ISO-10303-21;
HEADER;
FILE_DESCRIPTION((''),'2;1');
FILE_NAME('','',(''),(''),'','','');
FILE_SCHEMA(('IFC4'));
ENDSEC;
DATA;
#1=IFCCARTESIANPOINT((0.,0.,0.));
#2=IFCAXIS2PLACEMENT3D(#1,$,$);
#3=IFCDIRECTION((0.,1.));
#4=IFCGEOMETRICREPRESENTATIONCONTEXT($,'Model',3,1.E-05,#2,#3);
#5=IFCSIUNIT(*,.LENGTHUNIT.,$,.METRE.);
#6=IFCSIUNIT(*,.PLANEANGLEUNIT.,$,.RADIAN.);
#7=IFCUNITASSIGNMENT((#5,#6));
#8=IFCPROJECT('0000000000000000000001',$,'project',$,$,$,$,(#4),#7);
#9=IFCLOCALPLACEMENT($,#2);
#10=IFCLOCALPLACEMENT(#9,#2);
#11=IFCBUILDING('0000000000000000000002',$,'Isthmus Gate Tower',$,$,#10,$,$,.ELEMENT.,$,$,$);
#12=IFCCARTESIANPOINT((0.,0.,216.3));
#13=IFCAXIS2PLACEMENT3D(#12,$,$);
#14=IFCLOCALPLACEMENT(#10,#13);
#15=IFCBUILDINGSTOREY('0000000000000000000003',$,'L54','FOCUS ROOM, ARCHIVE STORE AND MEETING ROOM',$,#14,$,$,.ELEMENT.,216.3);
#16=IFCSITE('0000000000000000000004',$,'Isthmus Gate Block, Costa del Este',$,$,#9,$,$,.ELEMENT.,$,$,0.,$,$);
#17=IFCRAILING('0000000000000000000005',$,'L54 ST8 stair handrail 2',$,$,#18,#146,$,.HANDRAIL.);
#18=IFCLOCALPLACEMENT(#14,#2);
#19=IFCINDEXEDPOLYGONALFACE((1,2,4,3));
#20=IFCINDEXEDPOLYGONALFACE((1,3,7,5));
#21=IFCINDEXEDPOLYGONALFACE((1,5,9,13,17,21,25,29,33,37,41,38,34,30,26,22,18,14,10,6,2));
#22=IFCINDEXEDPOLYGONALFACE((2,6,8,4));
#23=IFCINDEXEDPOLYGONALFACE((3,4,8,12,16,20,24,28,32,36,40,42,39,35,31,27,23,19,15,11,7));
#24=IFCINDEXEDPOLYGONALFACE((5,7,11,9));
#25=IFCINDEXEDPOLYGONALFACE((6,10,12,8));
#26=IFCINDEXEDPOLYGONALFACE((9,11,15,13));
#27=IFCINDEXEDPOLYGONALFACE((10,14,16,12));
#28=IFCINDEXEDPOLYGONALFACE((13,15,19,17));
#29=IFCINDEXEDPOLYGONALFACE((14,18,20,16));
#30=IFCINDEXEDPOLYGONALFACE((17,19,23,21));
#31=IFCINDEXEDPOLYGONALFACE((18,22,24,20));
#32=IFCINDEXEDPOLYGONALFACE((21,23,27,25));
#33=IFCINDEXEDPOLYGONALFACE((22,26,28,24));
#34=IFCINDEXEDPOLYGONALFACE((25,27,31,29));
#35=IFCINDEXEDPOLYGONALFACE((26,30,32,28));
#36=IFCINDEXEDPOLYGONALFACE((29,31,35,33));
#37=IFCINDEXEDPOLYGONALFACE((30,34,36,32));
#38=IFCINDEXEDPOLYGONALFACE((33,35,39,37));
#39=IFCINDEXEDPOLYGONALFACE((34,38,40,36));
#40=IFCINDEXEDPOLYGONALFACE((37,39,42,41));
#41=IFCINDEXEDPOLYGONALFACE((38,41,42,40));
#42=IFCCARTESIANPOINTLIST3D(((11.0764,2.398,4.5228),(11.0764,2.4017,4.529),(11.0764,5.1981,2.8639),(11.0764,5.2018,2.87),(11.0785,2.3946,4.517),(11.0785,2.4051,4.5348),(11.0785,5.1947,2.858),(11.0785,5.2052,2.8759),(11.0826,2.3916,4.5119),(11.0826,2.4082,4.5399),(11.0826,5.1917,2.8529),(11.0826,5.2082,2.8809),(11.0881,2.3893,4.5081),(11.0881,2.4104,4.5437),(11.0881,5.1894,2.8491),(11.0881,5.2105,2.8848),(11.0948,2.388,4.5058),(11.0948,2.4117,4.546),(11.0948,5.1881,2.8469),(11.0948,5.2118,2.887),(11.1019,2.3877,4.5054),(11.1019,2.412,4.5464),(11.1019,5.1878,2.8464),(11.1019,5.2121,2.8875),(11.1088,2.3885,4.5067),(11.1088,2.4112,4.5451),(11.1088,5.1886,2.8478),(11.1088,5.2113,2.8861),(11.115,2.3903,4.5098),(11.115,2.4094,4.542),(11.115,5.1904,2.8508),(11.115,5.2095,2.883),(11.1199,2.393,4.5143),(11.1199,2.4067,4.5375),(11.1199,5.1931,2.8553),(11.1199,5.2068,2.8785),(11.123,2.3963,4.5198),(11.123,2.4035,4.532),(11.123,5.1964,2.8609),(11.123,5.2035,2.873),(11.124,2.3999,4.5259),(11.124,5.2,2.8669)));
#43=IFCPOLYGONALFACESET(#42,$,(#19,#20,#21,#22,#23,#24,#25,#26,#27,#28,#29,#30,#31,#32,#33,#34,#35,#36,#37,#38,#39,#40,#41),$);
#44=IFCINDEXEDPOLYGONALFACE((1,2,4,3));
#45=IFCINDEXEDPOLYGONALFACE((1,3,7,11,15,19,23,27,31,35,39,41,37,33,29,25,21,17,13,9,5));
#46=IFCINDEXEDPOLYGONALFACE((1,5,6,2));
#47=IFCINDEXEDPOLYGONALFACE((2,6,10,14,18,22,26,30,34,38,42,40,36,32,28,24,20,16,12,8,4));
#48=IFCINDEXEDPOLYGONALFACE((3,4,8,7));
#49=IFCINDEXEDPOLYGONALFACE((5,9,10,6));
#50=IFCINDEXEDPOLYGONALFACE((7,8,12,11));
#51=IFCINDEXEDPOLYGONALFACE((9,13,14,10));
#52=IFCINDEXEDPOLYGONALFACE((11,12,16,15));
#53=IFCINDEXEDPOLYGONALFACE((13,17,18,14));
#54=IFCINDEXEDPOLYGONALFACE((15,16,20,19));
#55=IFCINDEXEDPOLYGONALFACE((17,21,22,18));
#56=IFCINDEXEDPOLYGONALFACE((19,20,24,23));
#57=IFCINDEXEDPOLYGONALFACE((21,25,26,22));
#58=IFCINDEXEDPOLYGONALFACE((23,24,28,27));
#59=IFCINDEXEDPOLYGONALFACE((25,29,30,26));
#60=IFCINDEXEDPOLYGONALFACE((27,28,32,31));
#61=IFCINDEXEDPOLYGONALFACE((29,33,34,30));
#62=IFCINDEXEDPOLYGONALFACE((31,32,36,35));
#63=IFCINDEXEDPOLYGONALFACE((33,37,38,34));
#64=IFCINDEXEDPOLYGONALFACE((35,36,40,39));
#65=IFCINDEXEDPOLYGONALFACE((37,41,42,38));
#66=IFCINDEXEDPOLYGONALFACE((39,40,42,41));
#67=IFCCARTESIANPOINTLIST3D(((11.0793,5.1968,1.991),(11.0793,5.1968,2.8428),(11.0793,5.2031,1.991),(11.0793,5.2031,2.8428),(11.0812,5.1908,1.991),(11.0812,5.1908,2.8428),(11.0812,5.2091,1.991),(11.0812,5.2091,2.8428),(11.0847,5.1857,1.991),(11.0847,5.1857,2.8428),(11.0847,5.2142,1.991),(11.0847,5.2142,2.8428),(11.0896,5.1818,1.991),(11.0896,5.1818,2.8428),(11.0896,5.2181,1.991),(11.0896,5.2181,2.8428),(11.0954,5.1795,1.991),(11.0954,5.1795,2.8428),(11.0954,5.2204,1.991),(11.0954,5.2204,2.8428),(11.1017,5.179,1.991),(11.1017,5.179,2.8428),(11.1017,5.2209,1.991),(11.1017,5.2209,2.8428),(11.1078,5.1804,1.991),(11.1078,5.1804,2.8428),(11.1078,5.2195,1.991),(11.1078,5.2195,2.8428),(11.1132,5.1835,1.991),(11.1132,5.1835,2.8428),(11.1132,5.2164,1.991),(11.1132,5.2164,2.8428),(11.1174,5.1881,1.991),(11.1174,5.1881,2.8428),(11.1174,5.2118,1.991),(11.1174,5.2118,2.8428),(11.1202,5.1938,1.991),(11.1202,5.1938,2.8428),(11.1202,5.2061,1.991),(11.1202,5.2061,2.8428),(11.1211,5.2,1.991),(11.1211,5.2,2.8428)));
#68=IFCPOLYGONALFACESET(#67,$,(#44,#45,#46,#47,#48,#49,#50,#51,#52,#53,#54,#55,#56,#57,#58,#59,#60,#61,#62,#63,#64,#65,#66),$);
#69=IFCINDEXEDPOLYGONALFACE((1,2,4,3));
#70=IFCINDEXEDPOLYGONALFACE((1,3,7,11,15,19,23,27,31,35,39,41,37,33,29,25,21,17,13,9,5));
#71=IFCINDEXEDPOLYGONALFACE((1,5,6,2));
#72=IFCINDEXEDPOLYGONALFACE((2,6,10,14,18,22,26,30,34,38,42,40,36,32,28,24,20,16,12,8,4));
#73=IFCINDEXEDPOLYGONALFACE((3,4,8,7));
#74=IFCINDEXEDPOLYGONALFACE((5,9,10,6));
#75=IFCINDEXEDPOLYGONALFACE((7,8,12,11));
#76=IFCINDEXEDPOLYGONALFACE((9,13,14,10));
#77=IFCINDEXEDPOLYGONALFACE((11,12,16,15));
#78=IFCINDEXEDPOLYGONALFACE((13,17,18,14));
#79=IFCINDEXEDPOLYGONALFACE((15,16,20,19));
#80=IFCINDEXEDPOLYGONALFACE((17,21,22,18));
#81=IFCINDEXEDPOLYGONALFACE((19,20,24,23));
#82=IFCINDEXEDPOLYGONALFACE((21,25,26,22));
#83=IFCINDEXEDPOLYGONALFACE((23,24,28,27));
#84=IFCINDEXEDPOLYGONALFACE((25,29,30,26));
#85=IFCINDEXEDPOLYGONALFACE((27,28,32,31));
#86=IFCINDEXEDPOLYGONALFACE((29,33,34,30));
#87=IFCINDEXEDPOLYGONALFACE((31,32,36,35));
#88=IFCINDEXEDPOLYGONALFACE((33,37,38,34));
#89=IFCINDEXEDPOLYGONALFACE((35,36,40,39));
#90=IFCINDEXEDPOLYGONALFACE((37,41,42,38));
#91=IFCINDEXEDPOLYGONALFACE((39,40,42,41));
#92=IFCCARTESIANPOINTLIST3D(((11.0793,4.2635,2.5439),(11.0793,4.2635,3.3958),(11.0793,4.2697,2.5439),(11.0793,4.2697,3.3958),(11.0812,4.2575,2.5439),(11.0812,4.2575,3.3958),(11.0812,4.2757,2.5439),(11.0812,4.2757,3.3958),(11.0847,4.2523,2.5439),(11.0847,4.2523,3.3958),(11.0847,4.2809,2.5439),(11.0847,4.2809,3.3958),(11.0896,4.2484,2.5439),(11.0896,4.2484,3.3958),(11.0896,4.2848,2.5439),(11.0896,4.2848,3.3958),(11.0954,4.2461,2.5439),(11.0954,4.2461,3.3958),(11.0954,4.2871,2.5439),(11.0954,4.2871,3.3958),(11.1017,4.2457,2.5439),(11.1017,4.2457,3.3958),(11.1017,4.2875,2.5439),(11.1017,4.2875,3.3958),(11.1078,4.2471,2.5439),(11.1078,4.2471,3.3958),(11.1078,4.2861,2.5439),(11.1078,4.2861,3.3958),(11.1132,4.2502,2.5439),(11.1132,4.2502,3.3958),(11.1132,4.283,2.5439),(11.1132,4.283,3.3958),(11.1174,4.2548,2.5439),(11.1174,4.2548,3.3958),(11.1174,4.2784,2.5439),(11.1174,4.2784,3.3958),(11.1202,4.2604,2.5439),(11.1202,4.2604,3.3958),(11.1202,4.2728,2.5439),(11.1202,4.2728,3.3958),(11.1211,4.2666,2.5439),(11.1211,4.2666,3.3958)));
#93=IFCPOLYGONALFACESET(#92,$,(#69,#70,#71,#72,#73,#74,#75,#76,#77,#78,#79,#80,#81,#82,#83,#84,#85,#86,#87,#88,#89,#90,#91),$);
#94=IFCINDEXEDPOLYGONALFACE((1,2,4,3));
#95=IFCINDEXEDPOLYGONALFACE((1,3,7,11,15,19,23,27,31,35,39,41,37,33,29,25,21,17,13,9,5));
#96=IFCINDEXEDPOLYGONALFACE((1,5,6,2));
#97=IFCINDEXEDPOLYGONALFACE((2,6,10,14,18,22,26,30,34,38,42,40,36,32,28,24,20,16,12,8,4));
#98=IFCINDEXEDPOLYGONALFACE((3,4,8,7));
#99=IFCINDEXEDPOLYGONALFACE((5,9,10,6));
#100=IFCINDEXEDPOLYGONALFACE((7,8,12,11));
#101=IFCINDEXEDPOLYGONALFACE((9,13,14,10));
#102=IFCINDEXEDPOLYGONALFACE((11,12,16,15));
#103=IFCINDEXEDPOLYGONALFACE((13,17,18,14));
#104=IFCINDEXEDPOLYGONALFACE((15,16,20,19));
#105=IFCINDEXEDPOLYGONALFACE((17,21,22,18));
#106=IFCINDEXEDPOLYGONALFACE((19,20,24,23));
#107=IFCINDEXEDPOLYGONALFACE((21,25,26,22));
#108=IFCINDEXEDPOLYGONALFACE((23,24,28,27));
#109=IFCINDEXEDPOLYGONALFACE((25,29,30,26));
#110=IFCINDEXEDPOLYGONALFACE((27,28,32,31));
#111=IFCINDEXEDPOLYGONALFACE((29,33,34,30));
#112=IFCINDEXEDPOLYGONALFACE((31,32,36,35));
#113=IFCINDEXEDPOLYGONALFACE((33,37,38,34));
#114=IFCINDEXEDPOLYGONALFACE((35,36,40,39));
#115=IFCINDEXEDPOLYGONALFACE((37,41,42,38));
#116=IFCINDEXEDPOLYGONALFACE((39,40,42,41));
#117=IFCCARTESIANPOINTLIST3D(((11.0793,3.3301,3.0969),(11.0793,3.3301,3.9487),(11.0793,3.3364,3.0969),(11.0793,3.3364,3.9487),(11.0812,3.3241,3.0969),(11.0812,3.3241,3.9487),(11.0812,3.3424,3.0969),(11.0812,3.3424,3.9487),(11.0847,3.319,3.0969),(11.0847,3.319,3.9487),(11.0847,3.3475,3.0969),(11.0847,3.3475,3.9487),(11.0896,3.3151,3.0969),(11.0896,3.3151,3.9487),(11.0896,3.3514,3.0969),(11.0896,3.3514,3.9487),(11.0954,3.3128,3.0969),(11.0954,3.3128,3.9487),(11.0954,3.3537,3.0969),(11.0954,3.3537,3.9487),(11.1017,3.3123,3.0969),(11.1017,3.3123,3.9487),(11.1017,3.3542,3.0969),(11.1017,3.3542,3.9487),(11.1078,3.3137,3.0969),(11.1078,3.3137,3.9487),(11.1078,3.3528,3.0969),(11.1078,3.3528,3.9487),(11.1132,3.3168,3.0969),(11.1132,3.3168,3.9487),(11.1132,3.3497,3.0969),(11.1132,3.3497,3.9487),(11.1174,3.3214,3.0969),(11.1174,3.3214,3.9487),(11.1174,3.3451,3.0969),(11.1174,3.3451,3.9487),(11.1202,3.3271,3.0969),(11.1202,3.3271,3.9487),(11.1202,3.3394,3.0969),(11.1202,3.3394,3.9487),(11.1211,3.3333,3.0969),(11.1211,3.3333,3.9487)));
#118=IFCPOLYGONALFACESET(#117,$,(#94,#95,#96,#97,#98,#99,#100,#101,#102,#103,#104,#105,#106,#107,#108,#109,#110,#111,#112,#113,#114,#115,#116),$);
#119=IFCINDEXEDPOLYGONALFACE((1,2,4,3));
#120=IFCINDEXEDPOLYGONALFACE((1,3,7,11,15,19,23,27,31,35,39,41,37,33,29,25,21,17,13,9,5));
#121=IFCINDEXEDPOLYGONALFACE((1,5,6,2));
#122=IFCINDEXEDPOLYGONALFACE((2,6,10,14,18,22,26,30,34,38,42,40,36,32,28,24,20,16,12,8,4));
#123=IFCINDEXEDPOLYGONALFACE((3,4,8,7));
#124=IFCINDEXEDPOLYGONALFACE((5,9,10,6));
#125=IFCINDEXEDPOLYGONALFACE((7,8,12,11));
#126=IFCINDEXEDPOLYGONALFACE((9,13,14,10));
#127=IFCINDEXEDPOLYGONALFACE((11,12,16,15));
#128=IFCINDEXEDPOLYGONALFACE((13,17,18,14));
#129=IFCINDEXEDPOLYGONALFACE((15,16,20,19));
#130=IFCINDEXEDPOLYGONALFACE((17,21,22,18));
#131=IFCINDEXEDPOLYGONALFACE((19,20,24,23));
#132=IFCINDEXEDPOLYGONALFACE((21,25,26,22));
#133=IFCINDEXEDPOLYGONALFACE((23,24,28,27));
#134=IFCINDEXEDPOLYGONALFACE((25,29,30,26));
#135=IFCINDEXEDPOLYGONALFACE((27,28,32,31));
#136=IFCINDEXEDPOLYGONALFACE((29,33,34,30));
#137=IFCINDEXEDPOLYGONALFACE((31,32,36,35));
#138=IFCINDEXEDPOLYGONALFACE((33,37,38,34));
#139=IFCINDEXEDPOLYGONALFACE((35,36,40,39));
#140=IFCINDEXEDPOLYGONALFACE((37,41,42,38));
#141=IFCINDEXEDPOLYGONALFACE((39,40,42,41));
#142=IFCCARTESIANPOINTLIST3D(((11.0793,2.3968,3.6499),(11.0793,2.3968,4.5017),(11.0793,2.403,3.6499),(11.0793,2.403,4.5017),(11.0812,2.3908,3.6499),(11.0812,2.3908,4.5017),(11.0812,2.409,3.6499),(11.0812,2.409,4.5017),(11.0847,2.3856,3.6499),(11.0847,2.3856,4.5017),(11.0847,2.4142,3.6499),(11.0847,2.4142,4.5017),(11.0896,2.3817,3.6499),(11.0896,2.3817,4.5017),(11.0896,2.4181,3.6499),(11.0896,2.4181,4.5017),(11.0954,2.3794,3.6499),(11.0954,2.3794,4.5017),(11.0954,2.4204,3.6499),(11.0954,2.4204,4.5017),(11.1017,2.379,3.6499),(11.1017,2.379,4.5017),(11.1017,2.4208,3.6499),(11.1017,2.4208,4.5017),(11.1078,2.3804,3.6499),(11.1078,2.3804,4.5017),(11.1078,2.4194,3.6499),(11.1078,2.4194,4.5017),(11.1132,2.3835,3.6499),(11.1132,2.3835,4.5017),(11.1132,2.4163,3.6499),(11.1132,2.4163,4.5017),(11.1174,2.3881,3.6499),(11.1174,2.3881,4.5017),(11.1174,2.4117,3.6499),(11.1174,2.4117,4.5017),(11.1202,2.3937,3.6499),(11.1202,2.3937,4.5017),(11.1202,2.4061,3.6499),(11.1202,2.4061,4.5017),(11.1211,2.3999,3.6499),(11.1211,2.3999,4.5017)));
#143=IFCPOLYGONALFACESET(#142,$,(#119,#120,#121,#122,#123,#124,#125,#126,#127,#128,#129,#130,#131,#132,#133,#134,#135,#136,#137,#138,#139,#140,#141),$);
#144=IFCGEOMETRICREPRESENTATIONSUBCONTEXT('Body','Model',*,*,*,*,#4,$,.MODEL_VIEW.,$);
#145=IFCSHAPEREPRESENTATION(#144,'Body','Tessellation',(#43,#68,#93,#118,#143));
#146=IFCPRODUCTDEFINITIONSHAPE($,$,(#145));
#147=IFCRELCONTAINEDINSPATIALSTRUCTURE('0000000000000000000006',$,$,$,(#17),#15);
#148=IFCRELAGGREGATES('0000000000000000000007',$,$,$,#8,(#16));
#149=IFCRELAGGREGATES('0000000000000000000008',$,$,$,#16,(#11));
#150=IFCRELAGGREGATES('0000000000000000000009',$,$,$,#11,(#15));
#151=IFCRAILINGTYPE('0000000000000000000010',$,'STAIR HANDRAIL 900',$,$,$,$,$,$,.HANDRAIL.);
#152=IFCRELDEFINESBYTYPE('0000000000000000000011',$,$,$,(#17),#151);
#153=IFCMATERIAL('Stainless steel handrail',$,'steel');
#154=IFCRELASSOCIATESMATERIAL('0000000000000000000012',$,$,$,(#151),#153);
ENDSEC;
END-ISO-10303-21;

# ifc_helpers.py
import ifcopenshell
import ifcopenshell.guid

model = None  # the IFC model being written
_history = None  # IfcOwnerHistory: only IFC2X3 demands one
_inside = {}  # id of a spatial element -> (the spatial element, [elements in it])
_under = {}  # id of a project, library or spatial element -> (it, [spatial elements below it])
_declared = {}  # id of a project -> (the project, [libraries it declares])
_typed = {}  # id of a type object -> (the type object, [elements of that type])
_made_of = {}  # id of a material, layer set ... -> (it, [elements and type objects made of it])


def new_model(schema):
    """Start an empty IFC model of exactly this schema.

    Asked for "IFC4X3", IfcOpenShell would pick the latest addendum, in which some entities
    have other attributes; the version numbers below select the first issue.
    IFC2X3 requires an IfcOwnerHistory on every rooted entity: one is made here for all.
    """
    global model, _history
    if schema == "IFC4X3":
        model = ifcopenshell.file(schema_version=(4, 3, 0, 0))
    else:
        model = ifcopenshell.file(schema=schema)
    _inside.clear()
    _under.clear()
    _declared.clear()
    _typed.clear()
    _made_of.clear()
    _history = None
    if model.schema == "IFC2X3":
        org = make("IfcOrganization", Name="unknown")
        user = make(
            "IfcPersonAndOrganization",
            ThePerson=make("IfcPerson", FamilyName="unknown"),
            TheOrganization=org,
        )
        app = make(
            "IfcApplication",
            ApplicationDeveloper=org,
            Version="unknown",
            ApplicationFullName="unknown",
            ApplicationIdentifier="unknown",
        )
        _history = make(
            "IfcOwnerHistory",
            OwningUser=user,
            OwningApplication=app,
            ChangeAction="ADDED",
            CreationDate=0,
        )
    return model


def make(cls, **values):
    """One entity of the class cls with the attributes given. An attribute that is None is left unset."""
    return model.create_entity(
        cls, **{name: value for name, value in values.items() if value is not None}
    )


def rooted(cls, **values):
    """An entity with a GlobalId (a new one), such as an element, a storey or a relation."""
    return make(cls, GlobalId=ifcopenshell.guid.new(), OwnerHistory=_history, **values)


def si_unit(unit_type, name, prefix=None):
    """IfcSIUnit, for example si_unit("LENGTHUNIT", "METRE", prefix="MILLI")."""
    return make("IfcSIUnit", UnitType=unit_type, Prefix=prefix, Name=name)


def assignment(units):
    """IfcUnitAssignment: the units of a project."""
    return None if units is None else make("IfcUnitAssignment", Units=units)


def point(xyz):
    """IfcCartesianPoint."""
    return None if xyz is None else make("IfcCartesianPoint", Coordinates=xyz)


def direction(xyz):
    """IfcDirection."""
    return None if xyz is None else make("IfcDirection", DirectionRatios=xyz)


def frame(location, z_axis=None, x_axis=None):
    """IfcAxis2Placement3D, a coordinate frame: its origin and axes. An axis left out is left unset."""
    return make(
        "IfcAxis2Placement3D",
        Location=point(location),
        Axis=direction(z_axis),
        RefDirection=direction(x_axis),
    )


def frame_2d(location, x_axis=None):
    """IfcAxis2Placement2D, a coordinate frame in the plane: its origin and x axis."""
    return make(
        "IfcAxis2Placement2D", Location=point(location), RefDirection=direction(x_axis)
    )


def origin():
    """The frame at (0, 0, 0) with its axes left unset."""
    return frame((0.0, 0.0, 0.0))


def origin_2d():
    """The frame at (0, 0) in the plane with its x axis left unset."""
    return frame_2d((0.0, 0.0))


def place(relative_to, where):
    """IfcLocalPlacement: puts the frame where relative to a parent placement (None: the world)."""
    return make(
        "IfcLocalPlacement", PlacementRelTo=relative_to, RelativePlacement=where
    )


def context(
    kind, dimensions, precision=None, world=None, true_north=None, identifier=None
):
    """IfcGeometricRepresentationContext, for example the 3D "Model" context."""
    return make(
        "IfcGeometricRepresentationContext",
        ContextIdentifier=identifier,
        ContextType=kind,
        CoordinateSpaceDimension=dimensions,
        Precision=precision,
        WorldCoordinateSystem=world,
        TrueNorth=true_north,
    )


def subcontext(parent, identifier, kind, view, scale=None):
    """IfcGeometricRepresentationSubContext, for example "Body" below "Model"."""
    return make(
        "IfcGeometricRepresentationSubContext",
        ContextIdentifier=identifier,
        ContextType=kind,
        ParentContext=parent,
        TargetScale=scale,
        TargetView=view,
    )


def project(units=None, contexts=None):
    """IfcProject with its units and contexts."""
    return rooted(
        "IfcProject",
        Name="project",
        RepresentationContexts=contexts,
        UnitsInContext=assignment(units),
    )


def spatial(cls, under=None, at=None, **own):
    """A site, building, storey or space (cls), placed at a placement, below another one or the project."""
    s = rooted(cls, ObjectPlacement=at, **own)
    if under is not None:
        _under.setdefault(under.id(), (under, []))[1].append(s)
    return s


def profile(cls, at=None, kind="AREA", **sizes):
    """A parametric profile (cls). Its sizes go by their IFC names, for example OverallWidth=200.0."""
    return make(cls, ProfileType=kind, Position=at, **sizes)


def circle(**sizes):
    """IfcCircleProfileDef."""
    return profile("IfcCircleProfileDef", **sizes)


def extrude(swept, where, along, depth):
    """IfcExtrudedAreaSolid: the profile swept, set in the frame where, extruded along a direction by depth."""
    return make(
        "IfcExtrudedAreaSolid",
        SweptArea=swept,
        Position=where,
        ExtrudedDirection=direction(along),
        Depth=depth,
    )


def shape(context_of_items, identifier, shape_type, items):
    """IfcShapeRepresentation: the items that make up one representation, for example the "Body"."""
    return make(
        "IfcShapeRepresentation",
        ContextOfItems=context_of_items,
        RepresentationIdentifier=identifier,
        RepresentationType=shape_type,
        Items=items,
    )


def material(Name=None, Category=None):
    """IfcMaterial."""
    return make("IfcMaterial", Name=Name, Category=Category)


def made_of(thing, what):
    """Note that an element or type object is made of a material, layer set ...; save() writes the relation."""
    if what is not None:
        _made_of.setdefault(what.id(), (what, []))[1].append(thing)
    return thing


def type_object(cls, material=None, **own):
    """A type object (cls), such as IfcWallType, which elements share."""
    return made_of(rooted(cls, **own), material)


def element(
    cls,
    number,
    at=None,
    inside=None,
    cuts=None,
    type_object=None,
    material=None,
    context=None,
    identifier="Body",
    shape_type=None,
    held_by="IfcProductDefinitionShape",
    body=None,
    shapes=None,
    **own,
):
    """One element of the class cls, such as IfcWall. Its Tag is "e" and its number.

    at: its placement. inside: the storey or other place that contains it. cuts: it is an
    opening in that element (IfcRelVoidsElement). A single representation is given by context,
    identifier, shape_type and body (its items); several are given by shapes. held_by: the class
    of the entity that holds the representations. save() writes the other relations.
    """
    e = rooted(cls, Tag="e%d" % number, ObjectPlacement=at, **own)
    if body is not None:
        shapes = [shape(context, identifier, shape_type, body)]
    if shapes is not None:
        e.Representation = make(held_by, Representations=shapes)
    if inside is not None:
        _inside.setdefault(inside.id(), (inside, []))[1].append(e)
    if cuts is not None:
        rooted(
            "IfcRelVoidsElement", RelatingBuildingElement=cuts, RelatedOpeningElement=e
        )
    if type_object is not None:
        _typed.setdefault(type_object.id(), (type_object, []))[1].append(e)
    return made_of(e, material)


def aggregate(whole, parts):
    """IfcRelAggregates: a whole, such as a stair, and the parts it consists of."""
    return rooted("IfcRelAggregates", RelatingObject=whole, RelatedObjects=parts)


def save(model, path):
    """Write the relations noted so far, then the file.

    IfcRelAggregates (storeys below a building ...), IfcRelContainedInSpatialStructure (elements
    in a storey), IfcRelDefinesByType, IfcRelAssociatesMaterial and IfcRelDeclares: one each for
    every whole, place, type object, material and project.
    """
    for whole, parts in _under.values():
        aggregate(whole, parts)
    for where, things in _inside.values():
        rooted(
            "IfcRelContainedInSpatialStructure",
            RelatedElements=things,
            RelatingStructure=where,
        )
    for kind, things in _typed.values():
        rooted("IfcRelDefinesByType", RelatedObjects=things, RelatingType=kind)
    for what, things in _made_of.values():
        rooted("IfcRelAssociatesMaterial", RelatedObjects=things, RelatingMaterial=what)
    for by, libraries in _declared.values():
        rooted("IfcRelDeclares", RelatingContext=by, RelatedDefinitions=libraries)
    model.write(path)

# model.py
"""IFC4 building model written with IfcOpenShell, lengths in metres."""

from ifc_helpers import new_model, si_unit, direction, frame, origin, origin_2d, place, context, subcontext, project, spatial, circle, extrude, material, type_object, element, save


model = new_model("IFC4")

# Units and contexts
model_context = context("Model", 3, precision=1e-05, world=origin(), true_north=direction((0.0, 1.0)))
body_context = subcontext(model_context, "Body", "Model", "MODEL_VIEW")
ifc_project = project(units=[si_unit("LENGTHUNIT", "METRE"), si_unit("PLANEANGLEUNIT", "RADIAN")], contexts=[model_context])

# Site, building, storey
site_placement = place(None, origin())
site = spatial("IfcSite", under=ifc_project, at=site_placement, Name="Isthmus Gate Block, Costa del Este", CompositionType="ELEMENT", RefElevation=0.0)
building_placement = place(site_placement, origin())
building = spatial("IfcBuilding", under=site, at=building_placement, Name="Isthmus Gate Tower", CompositionType="ELEMENT")
storey_placement = place(building_placement, frame((0.0, 0.0, 216.3)))
storey = spatial("IfcBuildingStorey", under=building, at=storey_placement, Name="L54", Description="FOCUS ROOM, ARCHIVE STORE AND MEETING ROOM", CompositionType="ELEMENT", Elevation=216.3)

# Railing
ifc_material_1 = material(Name="Stainless steel handrail", Category="steel")
railing_type_1 = type_object("IfcRailingType", Name="STAIR HANDRAIL 900", PredefinedType="HANDRAIL", material=ifc_material_1)
railing_1_placement = place(storey_placement, frame((11.1001, 5.2, 1.991)))
element("IfcRailing", 1, at=railing_1_placement, inside=storey, type_object=railing_type_1, Name="L54 ST8 stair handrail 2", PredefinedType="HANDRAIL", context=body_context, shape_type="SweptSolid", body=[
    extrude(circle(Radius=0.0239, at=origin_2d()), frame((0.0, 0.0, 0.876), z_axis=(0.0, -0.860339, 0.509722), x_axis=(1.0, 0.0, 0.0)), (0.0, 0.0, 1.0), 3.2546),
    extrude(circle(Radius=0.021, at=origin_2d()), origin(), (0.0, 0.0, 1.0), 0.8518),
    extrude(circle(Radius=0.021, at=origin_2d()), frame((0.0, -0.9333, 0.553)), (0.0, 0.0, 1.0), 0.8518),
    extrude(circle(Radius=0.021, at=origin_2d()), frame((0.0, -1.8667, 1.106)), (0.0, 0.0, 1.0), 0.8518),
    extrude(circle(Radius=0.021, at=origin_2d()), frame((0.0, -2.8, 1.6589)), (0.0, 0.0, 1.0), 0.8518),
])

save(model, "model.ifc")
